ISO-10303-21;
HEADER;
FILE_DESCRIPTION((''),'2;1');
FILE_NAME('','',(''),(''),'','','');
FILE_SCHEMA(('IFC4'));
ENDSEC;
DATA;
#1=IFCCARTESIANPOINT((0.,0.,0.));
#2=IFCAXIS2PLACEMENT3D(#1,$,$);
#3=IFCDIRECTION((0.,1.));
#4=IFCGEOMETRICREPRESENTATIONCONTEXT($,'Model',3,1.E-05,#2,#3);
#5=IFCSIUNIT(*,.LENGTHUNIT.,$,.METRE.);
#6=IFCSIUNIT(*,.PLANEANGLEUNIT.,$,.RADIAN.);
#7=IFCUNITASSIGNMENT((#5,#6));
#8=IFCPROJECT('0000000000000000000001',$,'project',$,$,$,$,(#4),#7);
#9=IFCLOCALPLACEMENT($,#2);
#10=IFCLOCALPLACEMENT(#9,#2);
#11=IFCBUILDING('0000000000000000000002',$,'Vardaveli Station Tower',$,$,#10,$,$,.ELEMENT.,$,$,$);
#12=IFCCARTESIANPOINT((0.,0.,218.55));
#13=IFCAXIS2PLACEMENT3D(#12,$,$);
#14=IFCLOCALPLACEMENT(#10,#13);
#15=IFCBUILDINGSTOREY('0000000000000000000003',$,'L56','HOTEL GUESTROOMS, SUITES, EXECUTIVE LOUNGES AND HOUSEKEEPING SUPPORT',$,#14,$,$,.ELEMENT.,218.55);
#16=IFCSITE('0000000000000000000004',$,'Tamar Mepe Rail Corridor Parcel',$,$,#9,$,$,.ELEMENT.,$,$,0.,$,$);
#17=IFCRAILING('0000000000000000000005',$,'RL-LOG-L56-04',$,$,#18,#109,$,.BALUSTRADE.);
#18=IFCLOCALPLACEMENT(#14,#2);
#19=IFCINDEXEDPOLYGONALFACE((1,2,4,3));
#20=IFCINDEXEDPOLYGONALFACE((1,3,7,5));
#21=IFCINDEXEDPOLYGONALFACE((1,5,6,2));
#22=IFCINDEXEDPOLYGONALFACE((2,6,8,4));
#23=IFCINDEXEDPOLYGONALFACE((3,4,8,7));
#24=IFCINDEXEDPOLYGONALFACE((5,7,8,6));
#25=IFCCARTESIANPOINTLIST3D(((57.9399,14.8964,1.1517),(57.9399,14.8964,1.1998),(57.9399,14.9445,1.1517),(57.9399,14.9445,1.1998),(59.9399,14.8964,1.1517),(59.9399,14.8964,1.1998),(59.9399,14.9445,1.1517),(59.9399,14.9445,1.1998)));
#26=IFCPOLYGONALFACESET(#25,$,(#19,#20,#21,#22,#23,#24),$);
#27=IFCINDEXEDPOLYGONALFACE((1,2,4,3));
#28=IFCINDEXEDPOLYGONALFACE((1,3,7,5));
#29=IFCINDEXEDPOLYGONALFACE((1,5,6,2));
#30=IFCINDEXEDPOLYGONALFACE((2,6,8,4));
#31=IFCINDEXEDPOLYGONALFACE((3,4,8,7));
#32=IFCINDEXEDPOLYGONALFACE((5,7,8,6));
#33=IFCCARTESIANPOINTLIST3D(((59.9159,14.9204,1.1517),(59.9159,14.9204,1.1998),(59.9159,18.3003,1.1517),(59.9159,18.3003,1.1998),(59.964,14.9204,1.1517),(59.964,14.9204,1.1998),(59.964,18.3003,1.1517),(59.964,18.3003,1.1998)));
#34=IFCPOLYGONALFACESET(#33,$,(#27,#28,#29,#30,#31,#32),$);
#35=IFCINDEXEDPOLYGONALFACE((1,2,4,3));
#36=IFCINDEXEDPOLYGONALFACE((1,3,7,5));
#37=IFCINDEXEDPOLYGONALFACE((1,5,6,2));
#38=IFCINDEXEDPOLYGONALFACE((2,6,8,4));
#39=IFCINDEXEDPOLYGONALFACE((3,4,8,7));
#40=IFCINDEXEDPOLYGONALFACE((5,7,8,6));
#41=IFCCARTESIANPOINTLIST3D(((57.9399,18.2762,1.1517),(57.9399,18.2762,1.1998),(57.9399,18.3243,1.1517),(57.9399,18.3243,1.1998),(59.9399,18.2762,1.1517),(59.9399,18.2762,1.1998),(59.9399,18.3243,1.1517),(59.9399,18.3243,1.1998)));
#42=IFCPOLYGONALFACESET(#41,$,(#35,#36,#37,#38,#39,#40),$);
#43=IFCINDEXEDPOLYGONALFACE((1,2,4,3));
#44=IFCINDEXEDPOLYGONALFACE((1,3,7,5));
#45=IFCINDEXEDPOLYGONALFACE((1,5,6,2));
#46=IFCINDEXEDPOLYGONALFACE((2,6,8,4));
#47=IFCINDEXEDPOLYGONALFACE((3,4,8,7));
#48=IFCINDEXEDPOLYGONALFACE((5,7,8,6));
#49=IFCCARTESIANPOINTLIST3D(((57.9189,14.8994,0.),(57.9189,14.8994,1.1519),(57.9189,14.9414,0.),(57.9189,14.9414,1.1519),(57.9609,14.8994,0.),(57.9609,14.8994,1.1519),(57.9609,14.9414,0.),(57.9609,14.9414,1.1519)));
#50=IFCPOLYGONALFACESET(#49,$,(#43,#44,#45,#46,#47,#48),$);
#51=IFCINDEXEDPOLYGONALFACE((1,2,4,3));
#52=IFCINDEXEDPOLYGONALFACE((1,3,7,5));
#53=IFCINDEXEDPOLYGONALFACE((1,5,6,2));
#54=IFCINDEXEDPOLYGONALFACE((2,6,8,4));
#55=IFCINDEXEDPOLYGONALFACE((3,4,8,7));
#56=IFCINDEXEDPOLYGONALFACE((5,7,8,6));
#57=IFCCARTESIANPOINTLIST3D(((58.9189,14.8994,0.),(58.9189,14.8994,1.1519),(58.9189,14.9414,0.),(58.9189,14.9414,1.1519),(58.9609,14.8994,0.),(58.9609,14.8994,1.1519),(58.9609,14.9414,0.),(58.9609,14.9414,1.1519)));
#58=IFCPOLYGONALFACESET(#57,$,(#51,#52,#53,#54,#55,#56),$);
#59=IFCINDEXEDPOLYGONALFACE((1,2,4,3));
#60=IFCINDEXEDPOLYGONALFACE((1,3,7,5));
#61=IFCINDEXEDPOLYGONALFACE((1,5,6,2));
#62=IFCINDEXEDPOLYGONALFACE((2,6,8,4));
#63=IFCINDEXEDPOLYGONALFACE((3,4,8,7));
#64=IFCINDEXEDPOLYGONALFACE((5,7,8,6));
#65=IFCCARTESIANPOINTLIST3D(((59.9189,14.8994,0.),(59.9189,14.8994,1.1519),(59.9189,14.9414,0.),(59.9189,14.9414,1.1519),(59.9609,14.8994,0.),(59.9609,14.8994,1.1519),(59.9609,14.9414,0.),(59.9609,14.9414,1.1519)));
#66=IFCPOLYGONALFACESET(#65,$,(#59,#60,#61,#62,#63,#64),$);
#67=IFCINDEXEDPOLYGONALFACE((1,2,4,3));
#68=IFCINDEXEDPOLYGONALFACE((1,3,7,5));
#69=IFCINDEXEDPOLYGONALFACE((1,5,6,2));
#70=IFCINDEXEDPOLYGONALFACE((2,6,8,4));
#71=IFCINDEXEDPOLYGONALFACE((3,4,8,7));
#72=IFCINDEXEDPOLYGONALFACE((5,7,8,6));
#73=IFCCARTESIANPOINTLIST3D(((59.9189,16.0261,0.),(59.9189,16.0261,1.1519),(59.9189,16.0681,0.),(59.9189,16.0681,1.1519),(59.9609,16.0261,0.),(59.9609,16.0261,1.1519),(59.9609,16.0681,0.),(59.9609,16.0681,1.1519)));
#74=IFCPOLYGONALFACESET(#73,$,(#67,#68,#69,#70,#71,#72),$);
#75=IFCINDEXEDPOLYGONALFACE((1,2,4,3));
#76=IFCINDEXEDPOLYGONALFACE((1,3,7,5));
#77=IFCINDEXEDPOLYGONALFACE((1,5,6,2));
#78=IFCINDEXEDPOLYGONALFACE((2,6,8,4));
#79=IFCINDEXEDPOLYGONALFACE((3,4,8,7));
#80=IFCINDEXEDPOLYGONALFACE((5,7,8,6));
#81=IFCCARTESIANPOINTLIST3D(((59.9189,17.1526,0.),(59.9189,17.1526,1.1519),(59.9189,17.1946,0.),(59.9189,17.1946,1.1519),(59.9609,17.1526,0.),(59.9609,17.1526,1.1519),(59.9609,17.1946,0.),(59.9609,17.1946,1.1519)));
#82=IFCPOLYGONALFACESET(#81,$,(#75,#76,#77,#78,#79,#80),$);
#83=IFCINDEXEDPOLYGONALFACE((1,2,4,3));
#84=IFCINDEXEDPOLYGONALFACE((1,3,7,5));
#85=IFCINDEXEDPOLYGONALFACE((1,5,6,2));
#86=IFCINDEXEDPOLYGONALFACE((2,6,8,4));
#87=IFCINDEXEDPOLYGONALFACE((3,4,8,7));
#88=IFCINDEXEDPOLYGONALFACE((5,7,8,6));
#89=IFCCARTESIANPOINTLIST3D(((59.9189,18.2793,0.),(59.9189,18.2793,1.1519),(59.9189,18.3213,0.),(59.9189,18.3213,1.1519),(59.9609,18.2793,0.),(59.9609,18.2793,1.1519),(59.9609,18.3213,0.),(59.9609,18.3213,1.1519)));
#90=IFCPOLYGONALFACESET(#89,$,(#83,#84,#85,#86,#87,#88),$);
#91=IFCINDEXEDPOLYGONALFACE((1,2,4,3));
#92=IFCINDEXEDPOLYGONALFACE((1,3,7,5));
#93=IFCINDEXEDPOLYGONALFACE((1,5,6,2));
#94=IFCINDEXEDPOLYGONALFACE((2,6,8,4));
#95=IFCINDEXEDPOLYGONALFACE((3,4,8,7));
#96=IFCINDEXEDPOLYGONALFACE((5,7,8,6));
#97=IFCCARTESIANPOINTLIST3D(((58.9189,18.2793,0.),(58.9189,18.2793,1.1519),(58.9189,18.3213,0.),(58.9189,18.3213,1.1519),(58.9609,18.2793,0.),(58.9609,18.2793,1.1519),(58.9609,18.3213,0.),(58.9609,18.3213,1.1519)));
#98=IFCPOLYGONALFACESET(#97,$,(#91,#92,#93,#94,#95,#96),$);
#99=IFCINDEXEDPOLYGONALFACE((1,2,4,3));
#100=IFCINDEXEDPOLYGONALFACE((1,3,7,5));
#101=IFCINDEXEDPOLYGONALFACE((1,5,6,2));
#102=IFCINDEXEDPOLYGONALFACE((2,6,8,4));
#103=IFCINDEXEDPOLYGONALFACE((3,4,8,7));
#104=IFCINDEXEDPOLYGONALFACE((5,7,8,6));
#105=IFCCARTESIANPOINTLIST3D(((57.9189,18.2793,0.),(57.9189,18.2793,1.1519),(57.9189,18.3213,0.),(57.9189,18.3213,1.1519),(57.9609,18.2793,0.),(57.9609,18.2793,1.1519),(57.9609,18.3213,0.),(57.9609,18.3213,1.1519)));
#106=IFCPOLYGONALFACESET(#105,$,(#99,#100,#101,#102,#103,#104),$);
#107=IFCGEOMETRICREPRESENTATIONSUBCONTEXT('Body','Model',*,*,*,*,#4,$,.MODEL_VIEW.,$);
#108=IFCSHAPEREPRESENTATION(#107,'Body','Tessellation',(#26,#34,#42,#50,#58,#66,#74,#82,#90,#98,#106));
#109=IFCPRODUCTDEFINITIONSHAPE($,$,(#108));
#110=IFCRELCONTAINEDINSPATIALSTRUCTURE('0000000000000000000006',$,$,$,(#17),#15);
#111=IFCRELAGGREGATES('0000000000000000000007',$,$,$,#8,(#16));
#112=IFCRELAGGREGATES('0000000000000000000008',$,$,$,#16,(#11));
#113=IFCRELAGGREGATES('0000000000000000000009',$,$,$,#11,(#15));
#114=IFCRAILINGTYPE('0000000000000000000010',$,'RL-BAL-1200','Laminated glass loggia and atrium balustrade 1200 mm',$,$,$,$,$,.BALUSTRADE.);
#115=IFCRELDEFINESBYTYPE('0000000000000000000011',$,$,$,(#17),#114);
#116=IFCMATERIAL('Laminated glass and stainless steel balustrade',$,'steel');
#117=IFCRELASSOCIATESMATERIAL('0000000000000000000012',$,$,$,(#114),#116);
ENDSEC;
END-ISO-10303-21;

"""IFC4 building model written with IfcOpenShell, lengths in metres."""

from ifc_helpers import new_model, si_unit, direction, frame, origin, origin_2d, place, context, subcontext, project, spatial, rectangle, extrude, source, transform, mapped, material, type_object, element, save


model = new_model("IFC4")

# Units and contexts
model_context = context("Model", 3, precision=1e-05, world=origin(), true_north=direction((0.0, 1.0)))
body_context = subcontext(model_context, "Body", "Model", "MODEL_VIEW")
ifc_project = project(units=[si_unit("LENGTHUNIT", "METRE"), si_unit("PLANEANGLEUNIT", "RADIAN")], contexts=[model_context])

# Site, building, storey
site_placement = place(None, origin())
site = spatial("IfcSite", under=ifc_project, at=site_placement, Name="Tamar Mepe Rail Corridor Parcel", CompositionType="ELEMENT", RefElevation=0.0)
building_placement = place(site_placement, origin())
building = spatial("IfcBuilding", under=site, at=building_placement, Name="Vardaveli Station Tower", CompositionType="ELEMENT")
storey_placement = place(building_placement, frame((0.0, 0.0, 218.55)))
storey = spatial("IfcBuildingStorey", under=building, at=storey_placement, Name="L56", Description="HOTEL GUESTROOMS, SUITES, EXECUTIVE LOUNGES AND HOUSEKEEPING SUPPORT", CompositionType="ELEMENT", Elevation=218.55)

# Railing
ifc_material_1 = material(Name="Laminated glass and stainless steel balustrade", Category="steel")
railing_type = type_object("IfcRailingType", Name="RL-BAL-1200", Description="Laminated glass loggia and atrium balustrade 1200 mm", PredefinedType="BALUSTRADE", material=ifc_material_1)
shared_shape_1 = source(origin(), body_context, "Body", "SweptSolid", [
    extrude(rectangle(XDim=0.0481, YDim=0.0481, at=origin_2d()), frame((0.0, 0.0, 1.1758), z_axis=(1.0, 0.0, 0.0), x_axis=(0.0, 1.0, 0.0)), (0.0, 0.0, 1.0), 2.0),
    extrude(rectangle(XDim=0.0481, YDim=0.0481, at=origin_2d()), frame((2.0, 0.0, 1.1758), z_axis=(0.0, 1.0, 0.0), x_axis=(-1.0, 0.0, 0.0)), (0.0, 0.0, 1.0), 3.3799),
    extrude(rectangle(XDim=0.0481, YDim=0.0481, at=origin_2d()), frame((2.0, 3.3799, 1.1758), z_axis=(-1.0, 0.0, 0.0), x_axis=(0.0, -1.0, 0.0)), (0.0, 0.0, 1.0), 2.0),
    extrude(rectangle(XDim=0.042, YDim=0.042, at=origin_2d()), origin(), (0.0, 0.0, 1.0), 1.1519),
    extrude(rectangle(XDim=0.042, YDim=0.042, at=origin_2d()), frame((1.0, 0.0, 0.0)), (0.0, 0.0, 1.0), 1.1519),
    extrude(rectangle(XDim=0.042, YDim=0.042, at=origin_2d()), frame((2.0, 0.0, 0.0)), (0.0, 0.0, 1.0), 1.1519),
    extrude(rectangle(XDim=0.042, YDim=0.042, at=origin_2d()), frame((2.0, 1.1267, 0.0)), (0.0, 0.0, 1.0), 1.1519),
    extrude(rectangle(XDim=0.042, YDim=0.042, at=origin_2d()), frame((2.0, 2.2532, 0.0)), (0.0, 0.0, 1.0), 1.1519),
    extrude(rectangle(XDim=0.042, YDim=0.042, at=origin_2d()), frame((2.0, 3.3799, 0.0)), (0.0, 0.0, 1.0), 1.1519),
    extrude(rectangle(XDim=0.042, YDim=0.042, at=origin_2d()), frame((1.0, 3.3799, 0.0)), (0.0, 0.0, 1.0), 1.1519),
    extrude(rectangle(XDim=0.042, YDim=0.042, at=origin_2d()), frame((0.0, 3.3799, 0.0)), (0.0, 0.0, 1.0), 1.1519),
])
railing_placement = place(storey_placement, frame((57.9399, 14.9204, 0.0)))
element("IfcRailing", 1, at=railing_placement, inside=storey, type_object=railing_type, Name="RL-LOG-L56-04", PredefinedType="BALUSTRADE", context=body_context, shape_type="MappedRepresentation", body=[
    mapped(shared_shape_1, transform((0.0, 0.0, 0.0), scale=1.0)),
])

save(model, "model.ifc")
